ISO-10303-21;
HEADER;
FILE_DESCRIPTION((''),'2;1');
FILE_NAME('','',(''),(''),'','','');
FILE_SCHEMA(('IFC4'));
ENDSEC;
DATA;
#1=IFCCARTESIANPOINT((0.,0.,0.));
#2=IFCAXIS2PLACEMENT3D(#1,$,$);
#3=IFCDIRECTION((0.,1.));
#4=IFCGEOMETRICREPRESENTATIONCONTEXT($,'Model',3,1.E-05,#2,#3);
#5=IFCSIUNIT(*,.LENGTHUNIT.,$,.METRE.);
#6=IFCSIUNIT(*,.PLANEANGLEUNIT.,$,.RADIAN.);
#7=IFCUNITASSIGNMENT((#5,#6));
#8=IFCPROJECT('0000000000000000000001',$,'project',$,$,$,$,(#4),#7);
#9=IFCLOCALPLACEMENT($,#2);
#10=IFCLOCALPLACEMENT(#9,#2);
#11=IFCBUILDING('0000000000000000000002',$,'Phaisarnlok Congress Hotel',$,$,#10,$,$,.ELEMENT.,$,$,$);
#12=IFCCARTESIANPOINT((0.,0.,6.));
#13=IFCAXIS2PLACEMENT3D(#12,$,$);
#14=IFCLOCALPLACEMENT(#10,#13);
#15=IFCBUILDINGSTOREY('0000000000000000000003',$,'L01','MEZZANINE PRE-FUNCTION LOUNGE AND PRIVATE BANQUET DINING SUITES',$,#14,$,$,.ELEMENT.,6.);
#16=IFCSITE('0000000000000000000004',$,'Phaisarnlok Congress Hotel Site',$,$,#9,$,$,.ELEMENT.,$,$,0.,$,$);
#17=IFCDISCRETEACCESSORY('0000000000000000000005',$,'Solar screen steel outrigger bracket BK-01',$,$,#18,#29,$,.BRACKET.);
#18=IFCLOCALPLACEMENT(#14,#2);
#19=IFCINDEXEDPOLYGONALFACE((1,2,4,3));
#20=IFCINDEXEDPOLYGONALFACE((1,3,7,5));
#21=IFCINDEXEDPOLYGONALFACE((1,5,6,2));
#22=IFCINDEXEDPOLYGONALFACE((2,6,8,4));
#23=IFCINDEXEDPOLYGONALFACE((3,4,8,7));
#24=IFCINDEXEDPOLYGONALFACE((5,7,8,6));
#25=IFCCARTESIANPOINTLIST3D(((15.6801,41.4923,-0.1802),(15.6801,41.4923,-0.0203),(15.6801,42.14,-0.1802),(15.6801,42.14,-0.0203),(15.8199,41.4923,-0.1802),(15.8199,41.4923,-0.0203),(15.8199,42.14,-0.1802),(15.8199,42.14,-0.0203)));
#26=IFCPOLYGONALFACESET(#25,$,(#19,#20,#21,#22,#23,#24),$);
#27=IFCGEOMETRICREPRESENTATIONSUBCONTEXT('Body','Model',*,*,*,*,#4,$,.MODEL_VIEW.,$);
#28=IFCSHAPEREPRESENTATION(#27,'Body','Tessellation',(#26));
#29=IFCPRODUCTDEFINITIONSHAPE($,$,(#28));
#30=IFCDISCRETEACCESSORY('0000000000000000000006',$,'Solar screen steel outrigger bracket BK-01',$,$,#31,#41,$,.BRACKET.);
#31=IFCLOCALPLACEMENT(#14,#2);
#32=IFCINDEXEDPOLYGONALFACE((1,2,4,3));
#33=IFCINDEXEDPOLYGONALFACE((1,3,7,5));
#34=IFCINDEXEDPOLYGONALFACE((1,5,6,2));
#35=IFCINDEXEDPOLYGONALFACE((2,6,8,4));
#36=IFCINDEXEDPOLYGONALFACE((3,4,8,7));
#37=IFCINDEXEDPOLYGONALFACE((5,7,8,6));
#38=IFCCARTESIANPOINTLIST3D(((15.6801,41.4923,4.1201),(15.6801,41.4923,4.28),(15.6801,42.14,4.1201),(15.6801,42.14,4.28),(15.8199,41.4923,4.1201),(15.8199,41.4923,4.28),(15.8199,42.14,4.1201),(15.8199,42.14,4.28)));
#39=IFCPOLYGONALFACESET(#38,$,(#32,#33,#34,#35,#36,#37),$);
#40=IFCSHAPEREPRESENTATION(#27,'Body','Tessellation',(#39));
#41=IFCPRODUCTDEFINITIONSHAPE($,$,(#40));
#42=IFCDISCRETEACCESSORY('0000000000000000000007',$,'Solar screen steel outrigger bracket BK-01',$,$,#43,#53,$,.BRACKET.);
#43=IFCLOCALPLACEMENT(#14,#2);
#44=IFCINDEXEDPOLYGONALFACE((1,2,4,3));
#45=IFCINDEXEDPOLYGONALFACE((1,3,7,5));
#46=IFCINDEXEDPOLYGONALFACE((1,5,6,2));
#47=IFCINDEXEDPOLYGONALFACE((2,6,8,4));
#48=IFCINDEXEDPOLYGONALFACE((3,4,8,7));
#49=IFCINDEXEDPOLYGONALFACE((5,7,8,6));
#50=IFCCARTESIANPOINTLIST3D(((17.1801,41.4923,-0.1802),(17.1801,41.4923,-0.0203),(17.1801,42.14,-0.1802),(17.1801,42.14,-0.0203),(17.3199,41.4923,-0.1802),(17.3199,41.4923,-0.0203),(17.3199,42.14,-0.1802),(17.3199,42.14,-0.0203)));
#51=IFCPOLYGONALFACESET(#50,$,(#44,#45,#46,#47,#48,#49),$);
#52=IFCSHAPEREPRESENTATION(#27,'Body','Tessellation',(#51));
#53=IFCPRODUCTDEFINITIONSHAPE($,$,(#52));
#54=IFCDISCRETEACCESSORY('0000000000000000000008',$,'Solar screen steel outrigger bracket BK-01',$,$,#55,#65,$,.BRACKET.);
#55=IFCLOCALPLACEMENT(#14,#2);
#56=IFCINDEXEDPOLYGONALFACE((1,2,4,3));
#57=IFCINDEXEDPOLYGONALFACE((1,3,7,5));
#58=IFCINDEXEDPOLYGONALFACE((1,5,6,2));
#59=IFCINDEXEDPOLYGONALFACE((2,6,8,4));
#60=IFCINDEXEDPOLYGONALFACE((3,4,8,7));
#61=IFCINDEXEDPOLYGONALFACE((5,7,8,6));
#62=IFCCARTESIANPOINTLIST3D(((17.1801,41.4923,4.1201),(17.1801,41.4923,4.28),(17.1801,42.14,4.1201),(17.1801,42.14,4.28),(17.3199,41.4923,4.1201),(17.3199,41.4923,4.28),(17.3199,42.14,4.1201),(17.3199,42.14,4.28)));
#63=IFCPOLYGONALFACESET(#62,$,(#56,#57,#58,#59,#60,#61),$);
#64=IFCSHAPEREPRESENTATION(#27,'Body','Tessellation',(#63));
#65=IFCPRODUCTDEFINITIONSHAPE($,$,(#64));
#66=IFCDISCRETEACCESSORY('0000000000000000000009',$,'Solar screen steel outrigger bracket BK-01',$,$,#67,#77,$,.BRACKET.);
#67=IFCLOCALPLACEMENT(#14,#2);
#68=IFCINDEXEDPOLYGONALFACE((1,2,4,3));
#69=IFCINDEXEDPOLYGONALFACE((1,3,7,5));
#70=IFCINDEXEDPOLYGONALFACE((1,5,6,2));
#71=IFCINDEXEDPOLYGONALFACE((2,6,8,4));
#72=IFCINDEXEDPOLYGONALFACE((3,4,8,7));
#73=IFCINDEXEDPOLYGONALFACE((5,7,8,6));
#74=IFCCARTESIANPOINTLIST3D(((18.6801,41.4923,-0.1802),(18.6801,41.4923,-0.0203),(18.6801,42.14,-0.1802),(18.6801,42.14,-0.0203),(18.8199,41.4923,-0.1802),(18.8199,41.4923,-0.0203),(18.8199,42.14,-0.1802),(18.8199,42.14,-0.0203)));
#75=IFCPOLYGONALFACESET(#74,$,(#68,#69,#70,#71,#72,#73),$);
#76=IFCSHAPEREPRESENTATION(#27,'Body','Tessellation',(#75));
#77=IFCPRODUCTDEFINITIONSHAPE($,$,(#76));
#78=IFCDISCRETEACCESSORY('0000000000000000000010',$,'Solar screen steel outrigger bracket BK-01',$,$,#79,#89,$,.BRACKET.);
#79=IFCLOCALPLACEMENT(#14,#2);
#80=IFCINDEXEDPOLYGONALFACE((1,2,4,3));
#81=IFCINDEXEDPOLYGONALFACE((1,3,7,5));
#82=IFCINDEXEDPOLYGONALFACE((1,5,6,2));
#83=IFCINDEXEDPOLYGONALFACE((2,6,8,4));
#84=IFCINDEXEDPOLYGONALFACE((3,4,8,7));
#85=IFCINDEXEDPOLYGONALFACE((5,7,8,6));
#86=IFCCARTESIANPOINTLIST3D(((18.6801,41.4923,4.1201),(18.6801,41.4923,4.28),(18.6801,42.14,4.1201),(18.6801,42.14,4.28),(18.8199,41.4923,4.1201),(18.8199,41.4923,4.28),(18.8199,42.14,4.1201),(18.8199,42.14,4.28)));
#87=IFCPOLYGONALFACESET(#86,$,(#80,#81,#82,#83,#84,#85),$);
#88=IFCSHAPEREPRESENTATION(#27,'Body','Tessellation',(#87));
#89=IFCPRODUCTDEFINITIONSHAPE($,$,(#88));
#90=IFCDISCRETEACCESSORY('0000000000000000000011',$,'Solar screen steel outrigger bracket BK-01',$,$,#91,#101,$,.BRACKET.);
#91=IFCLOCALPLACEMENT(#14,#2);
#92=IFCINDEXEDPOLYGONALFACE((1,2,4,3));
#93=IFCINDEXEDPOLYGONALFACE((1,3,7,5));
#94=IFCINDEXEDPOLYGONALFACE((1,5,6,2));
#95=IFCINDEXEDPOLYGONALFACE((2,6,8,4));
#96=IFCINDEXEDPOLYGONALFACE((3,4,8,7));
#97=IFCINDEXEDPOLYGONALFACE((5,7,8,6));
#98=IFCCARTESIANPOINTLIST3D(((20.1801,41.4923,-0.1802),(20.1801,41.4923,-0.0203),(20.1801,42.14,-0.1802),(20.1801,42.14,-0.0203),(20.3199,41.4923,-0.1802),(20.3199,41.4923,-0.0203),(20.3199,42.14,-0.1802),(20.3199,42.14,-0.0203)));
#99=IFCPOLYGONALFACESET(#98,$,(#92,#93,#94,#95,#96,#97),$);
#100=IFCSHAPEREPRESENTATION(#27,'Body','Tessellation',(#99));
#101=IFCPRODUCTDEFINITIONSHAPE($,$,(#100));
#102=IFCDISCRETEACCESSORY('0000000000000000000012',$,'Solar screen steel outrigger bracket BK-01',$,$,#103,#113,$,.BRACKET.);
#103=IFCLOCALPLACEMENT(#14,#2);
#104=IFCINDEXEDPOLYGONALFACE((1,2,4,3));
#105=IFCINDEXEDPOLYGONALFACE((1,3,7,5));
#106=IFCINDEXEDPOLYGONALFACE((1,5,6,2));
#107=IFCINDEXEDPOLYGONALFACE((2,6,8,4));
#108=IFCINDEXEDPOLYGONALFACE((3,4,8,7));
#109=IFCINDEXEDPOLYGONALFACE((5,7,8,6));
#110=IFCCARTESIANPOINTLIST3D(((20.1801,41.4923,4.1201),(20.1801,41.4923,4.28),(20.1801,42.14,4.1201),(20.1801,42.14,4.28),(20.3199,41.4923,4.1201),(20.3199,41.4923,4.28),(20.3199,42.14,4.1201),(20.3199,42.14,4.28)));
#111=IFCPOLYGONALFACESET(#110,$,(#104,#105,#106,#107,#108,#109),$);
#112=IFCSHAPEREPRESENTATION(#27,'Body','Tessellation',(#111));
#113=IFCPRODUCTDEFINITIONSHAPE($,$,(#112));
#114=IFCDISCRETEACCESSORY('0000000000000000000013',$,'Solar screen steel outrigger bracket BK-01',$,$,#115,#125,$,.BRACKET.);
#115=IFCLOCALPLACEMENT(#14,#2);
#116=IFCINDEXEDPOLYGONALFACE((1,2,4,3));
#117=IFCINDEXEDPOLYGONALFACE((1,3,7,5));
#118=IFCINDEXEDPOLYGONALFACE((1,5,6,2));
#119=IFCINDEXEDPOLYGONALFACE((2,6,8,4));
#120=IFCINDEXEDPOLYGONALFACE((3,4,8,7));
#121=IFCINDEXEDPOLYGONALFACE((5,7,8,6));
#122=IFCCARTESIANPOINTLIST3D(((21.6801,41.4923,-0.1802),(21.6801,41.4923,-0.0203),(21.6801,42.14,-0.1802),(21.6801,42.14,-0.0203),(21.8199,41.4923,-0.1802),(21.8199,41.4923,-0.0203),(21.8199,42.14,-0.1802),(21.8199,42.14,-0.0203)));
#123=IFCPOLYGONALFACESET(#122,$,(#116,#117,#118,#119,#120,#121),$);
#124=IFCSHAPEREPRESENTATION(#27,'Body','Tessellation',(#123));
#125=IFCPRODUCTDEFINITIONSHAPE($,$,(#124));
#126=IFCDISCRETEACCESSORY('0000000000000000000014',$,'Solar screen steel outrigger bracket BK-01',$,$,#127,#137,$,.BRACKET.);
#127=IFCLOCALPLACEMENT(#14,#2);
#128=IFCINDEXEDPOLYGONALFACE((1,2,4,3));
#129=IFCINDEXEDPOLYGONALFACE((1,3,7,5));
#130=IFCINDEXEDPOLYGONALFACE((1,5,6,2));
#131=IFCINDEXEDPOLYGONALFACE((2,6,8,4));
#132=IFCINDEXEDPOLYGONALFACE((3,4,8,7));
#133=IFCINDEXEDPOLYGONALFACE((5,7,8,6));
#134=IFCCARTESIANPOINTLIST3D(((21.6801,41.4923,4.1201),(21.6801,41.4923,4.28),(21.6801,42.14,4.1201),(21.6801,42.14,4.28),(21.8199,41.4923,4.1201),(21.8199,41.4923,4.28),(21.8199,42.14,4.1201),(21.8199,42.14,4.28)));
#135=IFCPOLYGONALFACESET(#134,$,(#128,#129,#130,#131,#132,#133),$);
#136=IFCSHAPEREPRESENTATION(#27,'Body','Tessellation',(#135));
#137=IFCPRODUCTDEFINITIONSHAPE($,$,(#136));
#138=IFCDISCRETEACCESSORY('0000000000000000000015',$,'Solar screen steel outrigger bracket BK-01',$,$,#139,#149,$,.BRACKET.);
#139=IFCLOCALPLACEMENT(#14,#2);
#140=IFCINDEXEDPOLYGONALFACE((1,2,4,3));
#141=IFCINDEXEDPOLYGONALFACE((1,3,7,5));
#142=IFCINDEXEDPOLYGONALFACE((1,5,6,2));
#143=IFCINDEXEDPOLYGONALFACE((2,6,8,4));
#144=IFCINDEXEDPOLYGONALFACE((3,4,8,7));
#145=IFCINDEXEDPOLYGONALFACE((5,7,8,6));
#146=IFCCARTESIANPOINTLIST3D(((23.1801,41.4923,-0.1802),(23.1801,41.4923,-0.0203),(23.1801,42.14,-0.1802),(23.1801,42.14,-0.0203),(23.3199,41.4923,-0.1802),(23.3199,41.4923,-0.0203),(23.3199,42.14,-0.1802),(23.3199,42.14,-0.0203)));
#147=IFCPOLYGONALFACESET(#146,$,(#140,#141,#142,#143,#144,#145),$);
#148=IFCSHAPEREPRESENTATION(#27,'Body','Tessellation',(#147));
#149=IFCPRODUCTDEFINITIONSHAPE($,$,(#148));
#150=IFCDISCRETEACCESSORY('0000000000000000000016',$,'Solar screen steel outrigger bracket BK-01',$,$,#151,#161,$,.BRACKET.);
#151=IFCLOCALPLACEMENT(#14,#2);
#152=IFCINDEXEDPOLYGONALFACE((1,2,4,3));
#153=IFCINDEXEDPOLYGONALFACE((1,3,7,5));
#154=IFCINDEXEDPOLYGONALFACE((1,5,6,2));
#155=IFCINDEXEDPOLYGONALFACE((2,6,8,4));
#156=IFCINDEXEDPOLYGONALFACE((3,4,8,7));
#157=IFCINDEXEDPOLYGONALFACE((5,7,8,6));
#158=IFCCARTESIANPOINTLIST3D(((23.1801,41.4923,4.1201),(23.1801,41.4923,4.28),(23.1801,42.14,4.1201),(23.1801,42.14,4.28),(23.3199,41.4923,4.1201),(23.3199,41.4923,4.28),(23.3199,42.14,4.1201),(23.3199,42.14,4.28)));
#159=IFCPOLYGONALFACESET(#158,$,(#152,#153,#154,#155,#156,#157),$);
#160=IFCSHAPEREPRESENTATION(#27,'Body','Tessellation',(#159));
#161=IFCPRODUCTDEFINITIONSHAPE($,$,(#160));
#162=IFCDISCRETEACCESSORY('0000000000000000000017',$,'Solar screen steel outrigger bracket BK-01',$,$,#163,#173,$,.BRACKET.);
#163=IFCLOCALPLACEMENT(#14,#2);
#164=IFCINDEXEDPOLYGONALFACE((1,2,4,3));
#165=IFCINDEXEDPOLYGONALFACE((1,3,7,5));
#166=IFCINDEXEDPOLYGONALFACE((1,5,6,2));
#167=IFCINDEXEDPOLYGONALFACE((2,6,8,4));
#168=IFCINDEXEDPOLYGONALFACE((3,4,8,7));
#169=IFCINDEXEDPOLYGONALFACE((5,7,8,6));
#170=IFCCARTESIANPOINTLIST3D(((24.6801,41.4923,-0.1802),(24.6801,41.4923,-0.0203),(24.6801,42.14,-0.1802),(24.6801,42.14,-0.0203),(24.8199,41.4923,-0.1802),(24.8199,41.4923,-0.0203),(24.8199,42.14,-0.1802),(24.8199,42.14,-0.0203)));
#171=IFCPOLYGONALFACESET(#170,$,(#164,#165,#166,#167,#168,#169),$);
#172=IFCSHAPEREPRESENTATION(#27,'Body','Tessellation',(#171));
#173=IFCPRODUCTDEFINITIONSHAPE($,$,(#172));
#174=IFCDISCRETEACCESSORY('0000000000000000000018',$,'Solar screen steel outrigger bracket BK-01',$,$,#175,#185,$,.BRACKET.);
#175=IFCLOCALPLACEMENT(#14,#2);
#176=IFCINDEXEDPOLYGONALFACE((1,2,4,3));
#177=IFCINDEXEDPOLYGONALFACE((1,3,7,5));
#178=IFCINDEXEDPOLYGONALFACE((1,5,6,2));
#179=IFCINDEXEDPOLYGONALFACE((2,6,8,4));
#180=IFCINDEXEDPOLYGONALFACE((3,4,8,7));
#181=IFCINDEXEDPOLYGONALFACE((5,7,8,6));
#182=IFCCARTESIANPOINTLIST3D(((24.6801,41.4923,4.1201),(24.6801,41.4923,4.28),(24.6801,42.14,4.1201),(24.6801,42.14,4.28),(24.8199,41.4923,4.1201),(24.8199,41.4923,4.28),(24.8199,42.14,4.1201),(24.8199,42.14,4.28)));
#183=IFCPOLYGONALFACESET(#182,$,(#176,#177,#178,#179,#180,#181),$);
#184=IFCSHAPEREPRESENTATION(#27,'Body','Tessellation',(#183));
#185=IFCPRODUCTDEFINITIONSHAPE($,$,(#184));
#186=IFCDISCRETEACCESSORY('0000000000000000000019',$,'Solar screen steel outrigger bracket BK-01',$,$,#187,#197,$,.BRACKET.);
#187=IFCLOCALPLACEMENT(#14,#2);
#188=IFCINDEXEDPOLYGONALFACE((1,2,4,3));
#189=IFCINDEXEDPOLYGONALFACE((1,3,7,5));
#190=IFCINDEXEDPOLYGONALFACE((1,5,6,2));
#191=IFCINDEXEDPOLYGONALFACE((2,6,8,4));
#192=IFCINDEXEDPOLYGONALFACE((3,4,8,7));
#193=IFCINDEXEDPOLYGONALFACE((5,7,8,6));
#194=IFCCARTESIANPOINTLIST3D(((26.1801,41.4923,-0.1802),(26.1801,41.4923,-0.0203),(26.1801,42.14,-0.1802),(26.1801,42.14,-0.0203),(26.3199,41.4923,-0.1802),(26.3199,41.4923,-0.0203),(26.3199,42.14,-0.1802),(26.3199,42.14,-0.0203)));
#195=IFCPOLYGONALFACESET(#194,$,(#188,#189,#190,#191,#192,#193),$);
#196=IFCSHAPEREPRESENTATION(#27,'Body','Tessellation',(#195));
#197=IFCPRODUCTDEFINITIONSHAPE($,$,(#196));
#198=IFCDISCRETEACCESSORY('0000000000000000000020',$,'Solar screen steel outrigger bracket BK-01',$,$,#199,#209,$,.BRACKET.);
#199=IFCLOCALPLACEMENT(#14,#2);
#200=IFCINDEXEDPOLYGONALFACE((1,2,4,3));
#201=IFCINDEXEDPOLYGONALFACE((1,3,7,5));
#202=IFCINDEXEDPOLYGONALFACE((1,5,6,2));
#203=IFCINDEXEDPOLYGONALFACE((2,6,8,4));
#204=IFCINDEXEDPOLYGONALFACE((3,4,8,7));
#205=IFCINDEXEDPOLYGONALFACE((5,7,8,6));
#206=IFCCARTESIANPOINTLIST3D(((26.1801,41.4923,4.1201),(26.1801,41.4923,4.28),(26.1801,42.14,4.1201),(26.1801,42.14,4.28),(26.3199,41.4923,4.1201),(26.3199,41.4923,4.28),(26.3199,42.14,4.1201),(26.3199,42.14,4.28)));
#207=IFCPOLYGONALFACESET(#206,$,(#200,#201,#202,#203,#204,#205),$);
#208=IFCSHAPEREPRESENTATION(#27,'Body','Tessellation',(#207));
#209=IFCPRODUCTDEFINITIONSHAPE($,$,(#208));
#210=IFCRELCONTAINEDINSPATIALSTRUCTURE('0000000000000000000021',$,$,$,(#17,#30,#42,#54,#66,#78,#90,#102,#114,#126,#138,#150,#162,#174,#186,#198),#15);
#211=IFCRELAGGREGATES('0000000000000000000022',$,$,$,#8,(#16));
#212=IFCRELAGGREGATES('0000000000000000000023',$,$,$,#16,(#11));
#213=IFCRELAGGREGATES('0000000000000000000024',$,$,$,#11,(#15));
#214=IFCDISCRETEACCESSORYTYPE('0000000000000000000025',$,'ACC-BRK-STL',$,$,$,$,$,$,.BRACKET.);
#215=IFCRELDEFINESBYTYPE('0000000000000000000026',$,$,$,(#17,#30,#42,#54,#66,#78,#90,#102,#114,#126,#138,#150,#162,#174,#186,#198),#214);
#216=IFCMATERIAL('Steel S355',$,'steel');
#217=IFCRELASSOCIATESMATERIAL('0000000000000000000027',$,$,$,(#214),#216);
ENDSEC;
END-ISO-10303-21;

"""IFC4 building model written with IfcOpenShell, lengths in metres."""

from ifc_helpers import new_model, si_unit, direction, frame, origin, origin_2d, place, context, subcontext, project, spatial, rectangle, extrude, material, type_object, element, save


model = new_model("IFC4")

# Units and contexts
model_context = context("Model", 3, precision=1e-05, world=origin(), true_north=direction((0.0, 1.0)))
body_context = subcontext(model_context, "Body", "Model", "MODEL_VIEW")
ifc_project = project(units=[si_unit("LENGTHUNIT", "METRE"), si_unit("PLANEANGLEUNIT", "RADIAN")], contexts=[model_context])

# Site, building, storey
site_placement = place(None, origin())
site = spatial("IfcSite", under=ifc_project, at=site_placement, Name="Phaisarnlok Congress Hotel Site", CompositionType="ELEMENT", RefElevation=0.0)
building_placement = place(site_placement, origin())
building = spatial("IfcBuilding", under=site, at=building_placement, Name="Phaisarnlok Congress Hotel", CompositionType="ELEMENT")
storey_placement = place(building_placement, frame((0.0, 0.0, 6.0)))
storey = spatial("IfcBuildingStorey", under=building, at=storey_placement, Name="L01", Description="MEZZANINE PRE-FUNCTION LOUNGE AND PRIVATE BANQUET DINING SUITES", CompositionType="ELEMENT", Elevation=6.0)

# Discrete accessories
ifc_material_1 = material(Name="Steel S355", Category="steel")
discrete_accessory_type = type_object("IfcDiscreteAccessoryType", Name="ACC-BRK-STL", PredefinedType="BRACKET", material=ifc_material_1)
for number, where, z_axis, x_axis, name in (
    (1, (15.75, 41.8162, -0.1802), (0.0, 0.0, 1.0), (1.0, 0.0, 0.0), "Solar screen steel outrigger bracket BK-01"),
    (2, (15.75, 41.8162, 4.1201), (0.0, 0.0, 1.0), (1.0, 0.0, 0.0), "Solar screen steel outrigger bracket BK-01"),
    (3, (17.25, 41.8162, -0.1802), (0.0, 0.0, 1.0), (1.0, 0.0, 0.0), "Solar screen steel outrigger bracket BK-01"),
    (4, (17.25, 41.8162, 4.1201), (0.0, 0.0, 1.0), (1.0, 0.0, 0.0), "Solar screen steel outrigger bracket BK-01"),
    (5, (18.75, 41.8162, -0.1802), (0.0, 0.0, 1.0), (1.0, 0.0, 0.0), "Solar screen steel outrigger bracket BK-01"),
    (6, (18.75, 41.8162, 4.1201), (0.0, 0.0, 1.0), (1.0, 0.0, 0.0), "Solar screen steel outrigger bracket BK-01"),
    (7, (20.25, 41.8162, -0.1802), (0.0, 0.0, 1.0), (1.0, 0.0, 0.0), "Solar screen steel outrigger bracket BK-01"),
    (8, (20.25, 41.8162, 4.1201), (0.0, 0.0, 1.0), (1.0, 0.0, 0.0), "Solar screen steel outrigger bracket BK-01"),
    (9, (21.75, 41.8162, -0.1802), (0.0, 0.0, 1.0), (1.0, 0.0, 0.0), "Solar screen steel outrigger bracket BK-01"),
    (10, (21.75, 41.8162, 4.1201), (0.0, 0.0, 1.0), (1.0, 0.0, 0.0), "Solar screen steel outrigger bracket BK-01"),
    (11, (23.25, 41.8162, -0.1802), (0.0, 0.0, 1.0), (1.0, 0.0, 0.0), "Solar screen steel outrigger bracket BK-01"),
    (12, (23.25, 41.8162, 4.1201), (0.0, 0.0, 1.0), (1.0, 0.0, 0.0), "Solar screen steel outrigger bracket BK-01"),
    (13, (24.75, 41.8162, -0.1802), (0.0, 0.0, 1.0), (1.0, 0.0, 0.0), "Solar screen steel outrigger bracket BK-01"),
    (14, (24.75, 41.8162, 4.1201), (0.0, 0.0, 1.0), (1.0, 0.0, 0.0), "Solar screen steel outrigger bracket BK-01"),
    (15, (26.25, 41.8162, -0.1802), (0.0, 0.0, 1.0), (1.0, 0.0, 0.0), "Solar screen steel outrigger bracket BK-01"),
    (16, (26.25, 41.8162, 4.1201), (0.0, 0.0, 1.0), (1.0, 0.0, 0.0), "Solar screen steel outrigger bracket BK-01"),
):
    element("IfcDiscreteAccessory", number, at=place(storey_placement, frame(where, z_axis=z_axis, x_axis=x_axis)), inside=storey, type_object=discrete_accessory_type, Name=name, PredefinedType="BRACKET", context=body_context, shape_type="SweptSolid", body=[
        extrude(rectangle(XDim=0.1399, YDim=0.6477, at=origin_2d()), origin(), (0.0, 0.0, 1.0), 0.1599),
    ])

save(model, "model.ifc")
